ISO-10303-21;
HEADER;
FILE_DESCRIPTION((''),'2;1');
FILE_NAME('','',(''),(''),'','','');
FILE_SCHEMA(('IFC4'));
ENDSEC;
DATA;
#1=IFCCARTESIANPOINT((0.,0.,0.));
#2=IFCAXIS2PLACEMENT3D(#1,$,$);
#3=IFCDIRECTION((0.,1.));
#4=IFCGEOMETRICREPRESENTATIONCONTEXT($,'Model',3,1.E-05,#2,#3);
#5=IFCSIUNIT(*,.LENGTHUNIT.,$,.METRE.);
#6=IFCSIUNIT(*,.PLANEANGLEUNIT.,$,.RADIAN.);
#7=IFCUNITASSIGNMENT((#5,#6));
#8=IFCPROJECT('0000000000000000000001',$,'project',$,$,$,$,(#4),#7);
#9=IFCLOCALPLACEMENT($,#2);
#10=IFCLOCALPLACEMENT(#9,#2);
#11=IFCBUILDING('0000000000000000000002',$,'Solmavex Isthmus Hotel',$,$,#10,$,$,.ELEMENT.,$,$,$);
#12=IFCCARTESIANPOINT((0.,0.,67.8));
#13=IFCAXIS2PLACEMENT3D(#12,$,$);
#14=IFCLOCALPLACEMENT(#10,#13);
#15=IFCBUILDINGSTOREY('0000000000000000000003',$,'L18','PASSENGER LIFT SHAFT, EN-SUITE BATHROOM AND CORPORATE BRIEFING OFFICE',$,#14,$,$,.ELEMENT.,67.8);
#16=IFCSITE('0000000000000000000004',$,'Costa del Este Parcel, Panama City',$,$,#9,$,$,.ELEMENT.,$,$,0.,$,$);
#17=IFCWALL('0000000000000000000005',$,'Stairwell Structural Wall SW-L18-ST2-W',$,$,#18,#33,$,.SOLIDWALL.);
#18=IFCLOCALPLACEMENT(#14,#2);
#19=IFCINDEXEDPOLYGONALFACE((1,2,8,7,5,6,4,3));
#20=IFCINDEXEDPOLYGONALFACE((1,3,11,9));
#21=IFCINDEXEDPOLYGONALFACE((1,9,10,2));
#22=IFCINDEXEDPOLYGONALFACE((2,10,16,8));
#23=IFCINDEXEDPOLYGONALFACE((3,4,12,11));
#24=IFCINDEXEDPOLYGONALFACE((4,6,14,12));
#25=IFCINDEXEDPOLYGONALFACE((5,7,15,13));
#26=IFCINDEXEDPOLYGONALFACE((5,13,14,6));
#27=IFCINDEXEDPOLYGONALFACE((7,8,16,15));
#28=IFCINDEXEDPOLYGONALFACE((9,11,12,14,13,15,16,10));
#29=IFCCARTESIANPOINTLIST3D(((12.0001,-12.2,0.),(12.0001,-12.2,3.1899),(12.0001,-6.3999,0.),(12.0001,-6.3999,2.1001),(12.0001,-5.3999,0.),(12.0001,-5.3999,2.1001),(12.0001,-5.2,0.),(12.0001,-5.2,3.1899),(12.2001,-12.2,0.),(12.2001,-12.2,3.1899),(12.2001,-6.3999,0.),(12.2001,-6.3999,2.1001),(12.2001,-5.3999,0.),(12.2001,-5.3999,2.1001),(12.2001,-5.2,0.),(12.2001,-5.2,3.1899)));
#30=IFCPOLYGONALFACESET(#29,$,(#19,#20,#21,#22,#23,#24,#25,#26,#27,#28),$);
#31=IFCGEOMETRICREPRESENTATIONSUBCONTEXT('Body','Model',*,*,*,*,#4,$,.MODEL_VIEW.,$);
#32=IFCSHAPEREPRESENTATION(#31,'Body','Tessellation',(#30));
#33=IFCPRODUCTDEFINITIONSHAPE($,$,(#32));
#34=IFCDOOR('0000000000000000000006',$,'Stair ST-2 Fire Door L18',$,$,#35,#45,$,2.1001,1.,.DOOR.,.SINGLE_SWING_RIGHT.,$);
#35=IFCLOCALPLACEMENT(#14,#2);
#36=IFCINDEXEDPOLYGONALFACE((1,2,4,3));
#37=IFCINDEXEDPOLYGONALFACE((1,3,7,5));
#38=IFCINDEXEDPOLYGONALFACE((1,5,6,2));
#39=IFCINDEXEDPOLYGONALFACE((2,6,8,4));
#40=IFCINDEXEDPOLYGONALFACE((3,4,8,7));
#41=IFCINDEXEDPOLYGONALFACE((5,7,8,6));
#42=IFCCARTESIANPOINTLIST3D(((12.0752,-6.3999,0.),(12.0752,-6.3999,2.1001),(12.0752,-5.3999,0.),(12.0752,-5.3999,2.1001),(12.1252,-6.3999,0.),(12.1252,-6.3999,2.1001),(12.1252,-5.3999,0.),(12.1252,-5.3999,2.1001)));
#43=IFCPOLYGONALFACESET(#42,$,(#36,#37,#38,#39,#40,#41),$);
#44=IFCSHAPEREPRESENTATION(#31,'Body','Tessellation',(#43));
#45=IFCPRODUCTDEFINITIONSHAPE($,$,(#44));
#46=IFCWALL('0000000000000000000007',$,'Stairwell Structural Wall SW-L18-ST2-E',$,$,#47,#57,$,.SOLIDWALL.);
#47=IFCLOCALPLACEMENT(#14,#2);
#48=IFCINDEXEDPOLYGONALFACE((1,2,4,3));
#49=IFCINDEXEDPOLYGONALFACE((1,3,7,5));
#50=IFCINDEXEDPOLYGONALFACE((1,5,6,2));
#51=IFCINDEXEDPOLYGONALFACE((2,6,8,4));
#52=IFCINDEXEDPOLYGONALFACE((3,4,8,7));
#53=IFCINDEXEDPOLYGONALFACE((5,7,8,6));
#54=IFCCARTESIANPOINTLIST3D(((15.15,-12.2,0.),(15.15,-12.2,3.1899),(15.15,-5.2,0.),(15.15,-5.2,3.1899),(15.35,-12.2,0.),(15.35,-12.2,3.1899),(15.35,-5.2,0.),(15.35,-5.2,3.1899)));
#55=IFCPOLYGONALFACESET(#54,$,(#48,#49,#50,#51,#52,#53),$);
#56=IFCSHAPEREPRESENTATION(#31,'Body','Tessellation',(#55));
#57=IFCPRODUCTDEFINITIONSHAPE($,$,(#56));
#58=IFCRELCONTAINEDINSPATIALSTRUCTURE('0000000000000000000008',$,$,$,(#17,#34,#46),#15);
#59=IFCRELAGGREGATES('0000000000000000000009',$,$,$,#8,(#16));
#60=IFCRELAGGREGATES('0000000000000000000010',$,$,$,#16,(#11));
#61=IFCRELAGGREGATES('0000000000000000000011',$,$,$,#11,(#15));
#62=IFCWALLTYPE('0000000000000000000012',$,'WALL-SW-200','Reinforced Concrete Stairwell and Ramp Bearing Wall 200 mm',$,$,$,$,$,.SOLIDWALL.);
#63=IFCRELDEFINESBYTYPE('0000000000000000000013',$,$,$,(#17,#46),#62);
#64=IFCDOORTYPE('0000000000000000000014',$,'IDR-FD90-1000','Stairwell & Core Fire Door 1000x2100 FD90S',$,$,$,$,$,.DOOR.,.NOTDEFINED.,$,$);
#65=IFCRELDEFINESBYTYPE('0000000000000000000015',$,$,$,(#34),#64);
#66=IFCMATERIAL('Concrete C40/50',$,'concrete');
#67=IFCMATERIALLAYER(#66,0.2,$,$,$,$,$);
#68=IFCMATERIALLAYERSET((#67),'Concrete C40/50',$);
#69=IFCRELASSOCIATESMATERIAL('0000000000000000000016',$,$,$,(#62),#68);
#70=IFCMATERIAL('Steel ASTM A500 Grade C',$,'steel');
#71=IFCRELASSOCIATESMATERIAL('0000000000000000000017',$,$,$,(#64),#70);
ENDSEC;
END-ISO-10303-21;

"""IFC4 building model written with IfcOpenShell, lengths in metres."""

from ifc_helpers import new_model, si_unit, direction, frame, frame_2d, origin, place, context, subcontext, project, spatial, rectangle, extrude, material, layer, layer_set, type_object, element, fill, save


model = new_model("IFC4")

# Units and contexts
model_context = context("Model", 3, precision=1e-05, world=origin(), true_north=direction((0.0, 1.0)))
body_context = subcontext(model_context, "Body", "Model", "MODEL_VIEW")
ifc_project = project(units=[si_unit("LENGTHUNIT", "METRE"), si_unit("PLANEANGLEUNIT", "RADIAN")], contexts=[model_context])

# Site, building, storey
site_placement = place(None, origin())
site = spatial("IfcSite", under=ifc_project, at=site_placement, Name="Costa del Este Parcel, Panama City", CompositionType="ELEMENT", RefElevation=0.0)
building_placement = place(site_placement, origin())
building = spatial("IfcBuilding", under=site, at=building_placement, Name="Solmavex Isthmus Hotel", CompositionType="ELEMENT")
storey_placement = place(building_placement, frame((0.0, 0.0, 67.8)))
storey = spatial("IfcBuildingStorey", under=building, at=storey_placement, Name="L18", Description="PASSENGER LIFT SHAFT, EN-SUITE BATHROOM AND CORPORATE BRIEFING OFFICE", CompositionType="ELEMENT", Elevation=67.8)

# Shared definitions
ifc_material_1 = material(Name="Concrete C40/50", Category="concrete")
ifc_layer_1 = layer(ifc_material_1, 0.2)
ifc_layer_set_1 = layer_set([ifc_layer_1], Name="Concrete C40/50")
wall_type_1 = type_object("IfcWallType", Name="WALL-SW-200", Description="Reinforced Concrete Stairwell and Ramp Bearing Wall 200 mm", PredefinedType="SOLIDWALL", material=ifc_layer_set_1)

# Wall, opening, door
wall_1_placement = place(storey_placement, frame((12.1001, -12.2, 0.0), z_axis=(0.0, 0.0, 1.0), x_axis=(0.0, 1.0, 0.0)))
wall_1 = element("IfcWall", 1, at=wall_1_placement, inside=storey, type_object=wall_type_1, Name="Stairwell Structural Wall SW-L18-ST2-W", PredefinedType="SOLIDWALL", context=body_context, shape_type="SweptSolid", body=[
    extrude(rectangle(XDim=7.0, YDim=0.2, at=frame_2d((3.5, 0.0))), origin(), (0.0, 0.0, 1.0), 3.1899),
])
opening_placement = place(wall_1_placement, frame((5.8, 0.0, 0.0)))
opening = element("IfcOpeningElement", 2, at=opening_placement, cuts=wall_1, PredefinedType="OPENING", context=body_context, shape_type="SweptSolid", body=[
    extrude(rectangle(XDim=1.0, YDim=2.1001, at=frame_2d((0.5, 1.05))), frame((0.0, 0.1099, 0.0), z_axis=(0.0, -1.0, 0.0), x_axis=(1.0, 0.0, 0.0)), (0.0, 0.0, 1.0), 0.22),
])
ifc_material_2 = material(Name="Steel ASTM A500 Grade C", Category="steel")
door_type = type_object("IfcDoorType", Name="IDR-FD90-1000", Description="Stairwell & Core Fire Door 1000x2100 FD90S", OperationType="NOTDEFINED", PredefinedType="DOOR", material=ifc_material_2)
door_placement = place(opening_placement, origin())
door = element("IfcDoor", 3, at=door_placement, inside=storey, type_object=door_type, Name="Stair ST-2 Fire Door L18", OperationType="SINGLE_SWING_RIGHT", OverallHeight=2.1001, OverallWidth=1.0, PredefinedType="DOOR", context=body_context, shape_type="SweptSolid", body=[
    extrude(rectangle(XDim=1.0, YDim=2.1001, at=frame_2d((0.5, 1.05))), frame((0.0, 0.0249, 0.0), z_axis=(0.0, -1.0, 0.0), x_axis=(1.0, 0.0, 0.0)), (0.0, 0.0, 1.0), 0.05),
])
fill(opening, door)

# Wall
wall_2_placement = place(storey_placement, frame((15.25, -12.2, 0.0), z_axis=(0.0, 0.0, 1.0), x_axis=(0.0, 1.0, 0.0)))
element("IfcWall", 4, at=wall_2_placement, inside=storey, type_object=wall_type_1, Name="Stairwell Structural Wall SW-L18-ST2-E", PredefinedType="SOLIDWALL", context=body_context, shape_type="SweptSolid", body=[
    extrude(rectangle(XDim=7.0, YDim=0.2, at=frame_2d((3.5, 0.0))), origin(), (0.0, 0.0, 1.0), 3.1899),
])

save(model, "model.ifc")
